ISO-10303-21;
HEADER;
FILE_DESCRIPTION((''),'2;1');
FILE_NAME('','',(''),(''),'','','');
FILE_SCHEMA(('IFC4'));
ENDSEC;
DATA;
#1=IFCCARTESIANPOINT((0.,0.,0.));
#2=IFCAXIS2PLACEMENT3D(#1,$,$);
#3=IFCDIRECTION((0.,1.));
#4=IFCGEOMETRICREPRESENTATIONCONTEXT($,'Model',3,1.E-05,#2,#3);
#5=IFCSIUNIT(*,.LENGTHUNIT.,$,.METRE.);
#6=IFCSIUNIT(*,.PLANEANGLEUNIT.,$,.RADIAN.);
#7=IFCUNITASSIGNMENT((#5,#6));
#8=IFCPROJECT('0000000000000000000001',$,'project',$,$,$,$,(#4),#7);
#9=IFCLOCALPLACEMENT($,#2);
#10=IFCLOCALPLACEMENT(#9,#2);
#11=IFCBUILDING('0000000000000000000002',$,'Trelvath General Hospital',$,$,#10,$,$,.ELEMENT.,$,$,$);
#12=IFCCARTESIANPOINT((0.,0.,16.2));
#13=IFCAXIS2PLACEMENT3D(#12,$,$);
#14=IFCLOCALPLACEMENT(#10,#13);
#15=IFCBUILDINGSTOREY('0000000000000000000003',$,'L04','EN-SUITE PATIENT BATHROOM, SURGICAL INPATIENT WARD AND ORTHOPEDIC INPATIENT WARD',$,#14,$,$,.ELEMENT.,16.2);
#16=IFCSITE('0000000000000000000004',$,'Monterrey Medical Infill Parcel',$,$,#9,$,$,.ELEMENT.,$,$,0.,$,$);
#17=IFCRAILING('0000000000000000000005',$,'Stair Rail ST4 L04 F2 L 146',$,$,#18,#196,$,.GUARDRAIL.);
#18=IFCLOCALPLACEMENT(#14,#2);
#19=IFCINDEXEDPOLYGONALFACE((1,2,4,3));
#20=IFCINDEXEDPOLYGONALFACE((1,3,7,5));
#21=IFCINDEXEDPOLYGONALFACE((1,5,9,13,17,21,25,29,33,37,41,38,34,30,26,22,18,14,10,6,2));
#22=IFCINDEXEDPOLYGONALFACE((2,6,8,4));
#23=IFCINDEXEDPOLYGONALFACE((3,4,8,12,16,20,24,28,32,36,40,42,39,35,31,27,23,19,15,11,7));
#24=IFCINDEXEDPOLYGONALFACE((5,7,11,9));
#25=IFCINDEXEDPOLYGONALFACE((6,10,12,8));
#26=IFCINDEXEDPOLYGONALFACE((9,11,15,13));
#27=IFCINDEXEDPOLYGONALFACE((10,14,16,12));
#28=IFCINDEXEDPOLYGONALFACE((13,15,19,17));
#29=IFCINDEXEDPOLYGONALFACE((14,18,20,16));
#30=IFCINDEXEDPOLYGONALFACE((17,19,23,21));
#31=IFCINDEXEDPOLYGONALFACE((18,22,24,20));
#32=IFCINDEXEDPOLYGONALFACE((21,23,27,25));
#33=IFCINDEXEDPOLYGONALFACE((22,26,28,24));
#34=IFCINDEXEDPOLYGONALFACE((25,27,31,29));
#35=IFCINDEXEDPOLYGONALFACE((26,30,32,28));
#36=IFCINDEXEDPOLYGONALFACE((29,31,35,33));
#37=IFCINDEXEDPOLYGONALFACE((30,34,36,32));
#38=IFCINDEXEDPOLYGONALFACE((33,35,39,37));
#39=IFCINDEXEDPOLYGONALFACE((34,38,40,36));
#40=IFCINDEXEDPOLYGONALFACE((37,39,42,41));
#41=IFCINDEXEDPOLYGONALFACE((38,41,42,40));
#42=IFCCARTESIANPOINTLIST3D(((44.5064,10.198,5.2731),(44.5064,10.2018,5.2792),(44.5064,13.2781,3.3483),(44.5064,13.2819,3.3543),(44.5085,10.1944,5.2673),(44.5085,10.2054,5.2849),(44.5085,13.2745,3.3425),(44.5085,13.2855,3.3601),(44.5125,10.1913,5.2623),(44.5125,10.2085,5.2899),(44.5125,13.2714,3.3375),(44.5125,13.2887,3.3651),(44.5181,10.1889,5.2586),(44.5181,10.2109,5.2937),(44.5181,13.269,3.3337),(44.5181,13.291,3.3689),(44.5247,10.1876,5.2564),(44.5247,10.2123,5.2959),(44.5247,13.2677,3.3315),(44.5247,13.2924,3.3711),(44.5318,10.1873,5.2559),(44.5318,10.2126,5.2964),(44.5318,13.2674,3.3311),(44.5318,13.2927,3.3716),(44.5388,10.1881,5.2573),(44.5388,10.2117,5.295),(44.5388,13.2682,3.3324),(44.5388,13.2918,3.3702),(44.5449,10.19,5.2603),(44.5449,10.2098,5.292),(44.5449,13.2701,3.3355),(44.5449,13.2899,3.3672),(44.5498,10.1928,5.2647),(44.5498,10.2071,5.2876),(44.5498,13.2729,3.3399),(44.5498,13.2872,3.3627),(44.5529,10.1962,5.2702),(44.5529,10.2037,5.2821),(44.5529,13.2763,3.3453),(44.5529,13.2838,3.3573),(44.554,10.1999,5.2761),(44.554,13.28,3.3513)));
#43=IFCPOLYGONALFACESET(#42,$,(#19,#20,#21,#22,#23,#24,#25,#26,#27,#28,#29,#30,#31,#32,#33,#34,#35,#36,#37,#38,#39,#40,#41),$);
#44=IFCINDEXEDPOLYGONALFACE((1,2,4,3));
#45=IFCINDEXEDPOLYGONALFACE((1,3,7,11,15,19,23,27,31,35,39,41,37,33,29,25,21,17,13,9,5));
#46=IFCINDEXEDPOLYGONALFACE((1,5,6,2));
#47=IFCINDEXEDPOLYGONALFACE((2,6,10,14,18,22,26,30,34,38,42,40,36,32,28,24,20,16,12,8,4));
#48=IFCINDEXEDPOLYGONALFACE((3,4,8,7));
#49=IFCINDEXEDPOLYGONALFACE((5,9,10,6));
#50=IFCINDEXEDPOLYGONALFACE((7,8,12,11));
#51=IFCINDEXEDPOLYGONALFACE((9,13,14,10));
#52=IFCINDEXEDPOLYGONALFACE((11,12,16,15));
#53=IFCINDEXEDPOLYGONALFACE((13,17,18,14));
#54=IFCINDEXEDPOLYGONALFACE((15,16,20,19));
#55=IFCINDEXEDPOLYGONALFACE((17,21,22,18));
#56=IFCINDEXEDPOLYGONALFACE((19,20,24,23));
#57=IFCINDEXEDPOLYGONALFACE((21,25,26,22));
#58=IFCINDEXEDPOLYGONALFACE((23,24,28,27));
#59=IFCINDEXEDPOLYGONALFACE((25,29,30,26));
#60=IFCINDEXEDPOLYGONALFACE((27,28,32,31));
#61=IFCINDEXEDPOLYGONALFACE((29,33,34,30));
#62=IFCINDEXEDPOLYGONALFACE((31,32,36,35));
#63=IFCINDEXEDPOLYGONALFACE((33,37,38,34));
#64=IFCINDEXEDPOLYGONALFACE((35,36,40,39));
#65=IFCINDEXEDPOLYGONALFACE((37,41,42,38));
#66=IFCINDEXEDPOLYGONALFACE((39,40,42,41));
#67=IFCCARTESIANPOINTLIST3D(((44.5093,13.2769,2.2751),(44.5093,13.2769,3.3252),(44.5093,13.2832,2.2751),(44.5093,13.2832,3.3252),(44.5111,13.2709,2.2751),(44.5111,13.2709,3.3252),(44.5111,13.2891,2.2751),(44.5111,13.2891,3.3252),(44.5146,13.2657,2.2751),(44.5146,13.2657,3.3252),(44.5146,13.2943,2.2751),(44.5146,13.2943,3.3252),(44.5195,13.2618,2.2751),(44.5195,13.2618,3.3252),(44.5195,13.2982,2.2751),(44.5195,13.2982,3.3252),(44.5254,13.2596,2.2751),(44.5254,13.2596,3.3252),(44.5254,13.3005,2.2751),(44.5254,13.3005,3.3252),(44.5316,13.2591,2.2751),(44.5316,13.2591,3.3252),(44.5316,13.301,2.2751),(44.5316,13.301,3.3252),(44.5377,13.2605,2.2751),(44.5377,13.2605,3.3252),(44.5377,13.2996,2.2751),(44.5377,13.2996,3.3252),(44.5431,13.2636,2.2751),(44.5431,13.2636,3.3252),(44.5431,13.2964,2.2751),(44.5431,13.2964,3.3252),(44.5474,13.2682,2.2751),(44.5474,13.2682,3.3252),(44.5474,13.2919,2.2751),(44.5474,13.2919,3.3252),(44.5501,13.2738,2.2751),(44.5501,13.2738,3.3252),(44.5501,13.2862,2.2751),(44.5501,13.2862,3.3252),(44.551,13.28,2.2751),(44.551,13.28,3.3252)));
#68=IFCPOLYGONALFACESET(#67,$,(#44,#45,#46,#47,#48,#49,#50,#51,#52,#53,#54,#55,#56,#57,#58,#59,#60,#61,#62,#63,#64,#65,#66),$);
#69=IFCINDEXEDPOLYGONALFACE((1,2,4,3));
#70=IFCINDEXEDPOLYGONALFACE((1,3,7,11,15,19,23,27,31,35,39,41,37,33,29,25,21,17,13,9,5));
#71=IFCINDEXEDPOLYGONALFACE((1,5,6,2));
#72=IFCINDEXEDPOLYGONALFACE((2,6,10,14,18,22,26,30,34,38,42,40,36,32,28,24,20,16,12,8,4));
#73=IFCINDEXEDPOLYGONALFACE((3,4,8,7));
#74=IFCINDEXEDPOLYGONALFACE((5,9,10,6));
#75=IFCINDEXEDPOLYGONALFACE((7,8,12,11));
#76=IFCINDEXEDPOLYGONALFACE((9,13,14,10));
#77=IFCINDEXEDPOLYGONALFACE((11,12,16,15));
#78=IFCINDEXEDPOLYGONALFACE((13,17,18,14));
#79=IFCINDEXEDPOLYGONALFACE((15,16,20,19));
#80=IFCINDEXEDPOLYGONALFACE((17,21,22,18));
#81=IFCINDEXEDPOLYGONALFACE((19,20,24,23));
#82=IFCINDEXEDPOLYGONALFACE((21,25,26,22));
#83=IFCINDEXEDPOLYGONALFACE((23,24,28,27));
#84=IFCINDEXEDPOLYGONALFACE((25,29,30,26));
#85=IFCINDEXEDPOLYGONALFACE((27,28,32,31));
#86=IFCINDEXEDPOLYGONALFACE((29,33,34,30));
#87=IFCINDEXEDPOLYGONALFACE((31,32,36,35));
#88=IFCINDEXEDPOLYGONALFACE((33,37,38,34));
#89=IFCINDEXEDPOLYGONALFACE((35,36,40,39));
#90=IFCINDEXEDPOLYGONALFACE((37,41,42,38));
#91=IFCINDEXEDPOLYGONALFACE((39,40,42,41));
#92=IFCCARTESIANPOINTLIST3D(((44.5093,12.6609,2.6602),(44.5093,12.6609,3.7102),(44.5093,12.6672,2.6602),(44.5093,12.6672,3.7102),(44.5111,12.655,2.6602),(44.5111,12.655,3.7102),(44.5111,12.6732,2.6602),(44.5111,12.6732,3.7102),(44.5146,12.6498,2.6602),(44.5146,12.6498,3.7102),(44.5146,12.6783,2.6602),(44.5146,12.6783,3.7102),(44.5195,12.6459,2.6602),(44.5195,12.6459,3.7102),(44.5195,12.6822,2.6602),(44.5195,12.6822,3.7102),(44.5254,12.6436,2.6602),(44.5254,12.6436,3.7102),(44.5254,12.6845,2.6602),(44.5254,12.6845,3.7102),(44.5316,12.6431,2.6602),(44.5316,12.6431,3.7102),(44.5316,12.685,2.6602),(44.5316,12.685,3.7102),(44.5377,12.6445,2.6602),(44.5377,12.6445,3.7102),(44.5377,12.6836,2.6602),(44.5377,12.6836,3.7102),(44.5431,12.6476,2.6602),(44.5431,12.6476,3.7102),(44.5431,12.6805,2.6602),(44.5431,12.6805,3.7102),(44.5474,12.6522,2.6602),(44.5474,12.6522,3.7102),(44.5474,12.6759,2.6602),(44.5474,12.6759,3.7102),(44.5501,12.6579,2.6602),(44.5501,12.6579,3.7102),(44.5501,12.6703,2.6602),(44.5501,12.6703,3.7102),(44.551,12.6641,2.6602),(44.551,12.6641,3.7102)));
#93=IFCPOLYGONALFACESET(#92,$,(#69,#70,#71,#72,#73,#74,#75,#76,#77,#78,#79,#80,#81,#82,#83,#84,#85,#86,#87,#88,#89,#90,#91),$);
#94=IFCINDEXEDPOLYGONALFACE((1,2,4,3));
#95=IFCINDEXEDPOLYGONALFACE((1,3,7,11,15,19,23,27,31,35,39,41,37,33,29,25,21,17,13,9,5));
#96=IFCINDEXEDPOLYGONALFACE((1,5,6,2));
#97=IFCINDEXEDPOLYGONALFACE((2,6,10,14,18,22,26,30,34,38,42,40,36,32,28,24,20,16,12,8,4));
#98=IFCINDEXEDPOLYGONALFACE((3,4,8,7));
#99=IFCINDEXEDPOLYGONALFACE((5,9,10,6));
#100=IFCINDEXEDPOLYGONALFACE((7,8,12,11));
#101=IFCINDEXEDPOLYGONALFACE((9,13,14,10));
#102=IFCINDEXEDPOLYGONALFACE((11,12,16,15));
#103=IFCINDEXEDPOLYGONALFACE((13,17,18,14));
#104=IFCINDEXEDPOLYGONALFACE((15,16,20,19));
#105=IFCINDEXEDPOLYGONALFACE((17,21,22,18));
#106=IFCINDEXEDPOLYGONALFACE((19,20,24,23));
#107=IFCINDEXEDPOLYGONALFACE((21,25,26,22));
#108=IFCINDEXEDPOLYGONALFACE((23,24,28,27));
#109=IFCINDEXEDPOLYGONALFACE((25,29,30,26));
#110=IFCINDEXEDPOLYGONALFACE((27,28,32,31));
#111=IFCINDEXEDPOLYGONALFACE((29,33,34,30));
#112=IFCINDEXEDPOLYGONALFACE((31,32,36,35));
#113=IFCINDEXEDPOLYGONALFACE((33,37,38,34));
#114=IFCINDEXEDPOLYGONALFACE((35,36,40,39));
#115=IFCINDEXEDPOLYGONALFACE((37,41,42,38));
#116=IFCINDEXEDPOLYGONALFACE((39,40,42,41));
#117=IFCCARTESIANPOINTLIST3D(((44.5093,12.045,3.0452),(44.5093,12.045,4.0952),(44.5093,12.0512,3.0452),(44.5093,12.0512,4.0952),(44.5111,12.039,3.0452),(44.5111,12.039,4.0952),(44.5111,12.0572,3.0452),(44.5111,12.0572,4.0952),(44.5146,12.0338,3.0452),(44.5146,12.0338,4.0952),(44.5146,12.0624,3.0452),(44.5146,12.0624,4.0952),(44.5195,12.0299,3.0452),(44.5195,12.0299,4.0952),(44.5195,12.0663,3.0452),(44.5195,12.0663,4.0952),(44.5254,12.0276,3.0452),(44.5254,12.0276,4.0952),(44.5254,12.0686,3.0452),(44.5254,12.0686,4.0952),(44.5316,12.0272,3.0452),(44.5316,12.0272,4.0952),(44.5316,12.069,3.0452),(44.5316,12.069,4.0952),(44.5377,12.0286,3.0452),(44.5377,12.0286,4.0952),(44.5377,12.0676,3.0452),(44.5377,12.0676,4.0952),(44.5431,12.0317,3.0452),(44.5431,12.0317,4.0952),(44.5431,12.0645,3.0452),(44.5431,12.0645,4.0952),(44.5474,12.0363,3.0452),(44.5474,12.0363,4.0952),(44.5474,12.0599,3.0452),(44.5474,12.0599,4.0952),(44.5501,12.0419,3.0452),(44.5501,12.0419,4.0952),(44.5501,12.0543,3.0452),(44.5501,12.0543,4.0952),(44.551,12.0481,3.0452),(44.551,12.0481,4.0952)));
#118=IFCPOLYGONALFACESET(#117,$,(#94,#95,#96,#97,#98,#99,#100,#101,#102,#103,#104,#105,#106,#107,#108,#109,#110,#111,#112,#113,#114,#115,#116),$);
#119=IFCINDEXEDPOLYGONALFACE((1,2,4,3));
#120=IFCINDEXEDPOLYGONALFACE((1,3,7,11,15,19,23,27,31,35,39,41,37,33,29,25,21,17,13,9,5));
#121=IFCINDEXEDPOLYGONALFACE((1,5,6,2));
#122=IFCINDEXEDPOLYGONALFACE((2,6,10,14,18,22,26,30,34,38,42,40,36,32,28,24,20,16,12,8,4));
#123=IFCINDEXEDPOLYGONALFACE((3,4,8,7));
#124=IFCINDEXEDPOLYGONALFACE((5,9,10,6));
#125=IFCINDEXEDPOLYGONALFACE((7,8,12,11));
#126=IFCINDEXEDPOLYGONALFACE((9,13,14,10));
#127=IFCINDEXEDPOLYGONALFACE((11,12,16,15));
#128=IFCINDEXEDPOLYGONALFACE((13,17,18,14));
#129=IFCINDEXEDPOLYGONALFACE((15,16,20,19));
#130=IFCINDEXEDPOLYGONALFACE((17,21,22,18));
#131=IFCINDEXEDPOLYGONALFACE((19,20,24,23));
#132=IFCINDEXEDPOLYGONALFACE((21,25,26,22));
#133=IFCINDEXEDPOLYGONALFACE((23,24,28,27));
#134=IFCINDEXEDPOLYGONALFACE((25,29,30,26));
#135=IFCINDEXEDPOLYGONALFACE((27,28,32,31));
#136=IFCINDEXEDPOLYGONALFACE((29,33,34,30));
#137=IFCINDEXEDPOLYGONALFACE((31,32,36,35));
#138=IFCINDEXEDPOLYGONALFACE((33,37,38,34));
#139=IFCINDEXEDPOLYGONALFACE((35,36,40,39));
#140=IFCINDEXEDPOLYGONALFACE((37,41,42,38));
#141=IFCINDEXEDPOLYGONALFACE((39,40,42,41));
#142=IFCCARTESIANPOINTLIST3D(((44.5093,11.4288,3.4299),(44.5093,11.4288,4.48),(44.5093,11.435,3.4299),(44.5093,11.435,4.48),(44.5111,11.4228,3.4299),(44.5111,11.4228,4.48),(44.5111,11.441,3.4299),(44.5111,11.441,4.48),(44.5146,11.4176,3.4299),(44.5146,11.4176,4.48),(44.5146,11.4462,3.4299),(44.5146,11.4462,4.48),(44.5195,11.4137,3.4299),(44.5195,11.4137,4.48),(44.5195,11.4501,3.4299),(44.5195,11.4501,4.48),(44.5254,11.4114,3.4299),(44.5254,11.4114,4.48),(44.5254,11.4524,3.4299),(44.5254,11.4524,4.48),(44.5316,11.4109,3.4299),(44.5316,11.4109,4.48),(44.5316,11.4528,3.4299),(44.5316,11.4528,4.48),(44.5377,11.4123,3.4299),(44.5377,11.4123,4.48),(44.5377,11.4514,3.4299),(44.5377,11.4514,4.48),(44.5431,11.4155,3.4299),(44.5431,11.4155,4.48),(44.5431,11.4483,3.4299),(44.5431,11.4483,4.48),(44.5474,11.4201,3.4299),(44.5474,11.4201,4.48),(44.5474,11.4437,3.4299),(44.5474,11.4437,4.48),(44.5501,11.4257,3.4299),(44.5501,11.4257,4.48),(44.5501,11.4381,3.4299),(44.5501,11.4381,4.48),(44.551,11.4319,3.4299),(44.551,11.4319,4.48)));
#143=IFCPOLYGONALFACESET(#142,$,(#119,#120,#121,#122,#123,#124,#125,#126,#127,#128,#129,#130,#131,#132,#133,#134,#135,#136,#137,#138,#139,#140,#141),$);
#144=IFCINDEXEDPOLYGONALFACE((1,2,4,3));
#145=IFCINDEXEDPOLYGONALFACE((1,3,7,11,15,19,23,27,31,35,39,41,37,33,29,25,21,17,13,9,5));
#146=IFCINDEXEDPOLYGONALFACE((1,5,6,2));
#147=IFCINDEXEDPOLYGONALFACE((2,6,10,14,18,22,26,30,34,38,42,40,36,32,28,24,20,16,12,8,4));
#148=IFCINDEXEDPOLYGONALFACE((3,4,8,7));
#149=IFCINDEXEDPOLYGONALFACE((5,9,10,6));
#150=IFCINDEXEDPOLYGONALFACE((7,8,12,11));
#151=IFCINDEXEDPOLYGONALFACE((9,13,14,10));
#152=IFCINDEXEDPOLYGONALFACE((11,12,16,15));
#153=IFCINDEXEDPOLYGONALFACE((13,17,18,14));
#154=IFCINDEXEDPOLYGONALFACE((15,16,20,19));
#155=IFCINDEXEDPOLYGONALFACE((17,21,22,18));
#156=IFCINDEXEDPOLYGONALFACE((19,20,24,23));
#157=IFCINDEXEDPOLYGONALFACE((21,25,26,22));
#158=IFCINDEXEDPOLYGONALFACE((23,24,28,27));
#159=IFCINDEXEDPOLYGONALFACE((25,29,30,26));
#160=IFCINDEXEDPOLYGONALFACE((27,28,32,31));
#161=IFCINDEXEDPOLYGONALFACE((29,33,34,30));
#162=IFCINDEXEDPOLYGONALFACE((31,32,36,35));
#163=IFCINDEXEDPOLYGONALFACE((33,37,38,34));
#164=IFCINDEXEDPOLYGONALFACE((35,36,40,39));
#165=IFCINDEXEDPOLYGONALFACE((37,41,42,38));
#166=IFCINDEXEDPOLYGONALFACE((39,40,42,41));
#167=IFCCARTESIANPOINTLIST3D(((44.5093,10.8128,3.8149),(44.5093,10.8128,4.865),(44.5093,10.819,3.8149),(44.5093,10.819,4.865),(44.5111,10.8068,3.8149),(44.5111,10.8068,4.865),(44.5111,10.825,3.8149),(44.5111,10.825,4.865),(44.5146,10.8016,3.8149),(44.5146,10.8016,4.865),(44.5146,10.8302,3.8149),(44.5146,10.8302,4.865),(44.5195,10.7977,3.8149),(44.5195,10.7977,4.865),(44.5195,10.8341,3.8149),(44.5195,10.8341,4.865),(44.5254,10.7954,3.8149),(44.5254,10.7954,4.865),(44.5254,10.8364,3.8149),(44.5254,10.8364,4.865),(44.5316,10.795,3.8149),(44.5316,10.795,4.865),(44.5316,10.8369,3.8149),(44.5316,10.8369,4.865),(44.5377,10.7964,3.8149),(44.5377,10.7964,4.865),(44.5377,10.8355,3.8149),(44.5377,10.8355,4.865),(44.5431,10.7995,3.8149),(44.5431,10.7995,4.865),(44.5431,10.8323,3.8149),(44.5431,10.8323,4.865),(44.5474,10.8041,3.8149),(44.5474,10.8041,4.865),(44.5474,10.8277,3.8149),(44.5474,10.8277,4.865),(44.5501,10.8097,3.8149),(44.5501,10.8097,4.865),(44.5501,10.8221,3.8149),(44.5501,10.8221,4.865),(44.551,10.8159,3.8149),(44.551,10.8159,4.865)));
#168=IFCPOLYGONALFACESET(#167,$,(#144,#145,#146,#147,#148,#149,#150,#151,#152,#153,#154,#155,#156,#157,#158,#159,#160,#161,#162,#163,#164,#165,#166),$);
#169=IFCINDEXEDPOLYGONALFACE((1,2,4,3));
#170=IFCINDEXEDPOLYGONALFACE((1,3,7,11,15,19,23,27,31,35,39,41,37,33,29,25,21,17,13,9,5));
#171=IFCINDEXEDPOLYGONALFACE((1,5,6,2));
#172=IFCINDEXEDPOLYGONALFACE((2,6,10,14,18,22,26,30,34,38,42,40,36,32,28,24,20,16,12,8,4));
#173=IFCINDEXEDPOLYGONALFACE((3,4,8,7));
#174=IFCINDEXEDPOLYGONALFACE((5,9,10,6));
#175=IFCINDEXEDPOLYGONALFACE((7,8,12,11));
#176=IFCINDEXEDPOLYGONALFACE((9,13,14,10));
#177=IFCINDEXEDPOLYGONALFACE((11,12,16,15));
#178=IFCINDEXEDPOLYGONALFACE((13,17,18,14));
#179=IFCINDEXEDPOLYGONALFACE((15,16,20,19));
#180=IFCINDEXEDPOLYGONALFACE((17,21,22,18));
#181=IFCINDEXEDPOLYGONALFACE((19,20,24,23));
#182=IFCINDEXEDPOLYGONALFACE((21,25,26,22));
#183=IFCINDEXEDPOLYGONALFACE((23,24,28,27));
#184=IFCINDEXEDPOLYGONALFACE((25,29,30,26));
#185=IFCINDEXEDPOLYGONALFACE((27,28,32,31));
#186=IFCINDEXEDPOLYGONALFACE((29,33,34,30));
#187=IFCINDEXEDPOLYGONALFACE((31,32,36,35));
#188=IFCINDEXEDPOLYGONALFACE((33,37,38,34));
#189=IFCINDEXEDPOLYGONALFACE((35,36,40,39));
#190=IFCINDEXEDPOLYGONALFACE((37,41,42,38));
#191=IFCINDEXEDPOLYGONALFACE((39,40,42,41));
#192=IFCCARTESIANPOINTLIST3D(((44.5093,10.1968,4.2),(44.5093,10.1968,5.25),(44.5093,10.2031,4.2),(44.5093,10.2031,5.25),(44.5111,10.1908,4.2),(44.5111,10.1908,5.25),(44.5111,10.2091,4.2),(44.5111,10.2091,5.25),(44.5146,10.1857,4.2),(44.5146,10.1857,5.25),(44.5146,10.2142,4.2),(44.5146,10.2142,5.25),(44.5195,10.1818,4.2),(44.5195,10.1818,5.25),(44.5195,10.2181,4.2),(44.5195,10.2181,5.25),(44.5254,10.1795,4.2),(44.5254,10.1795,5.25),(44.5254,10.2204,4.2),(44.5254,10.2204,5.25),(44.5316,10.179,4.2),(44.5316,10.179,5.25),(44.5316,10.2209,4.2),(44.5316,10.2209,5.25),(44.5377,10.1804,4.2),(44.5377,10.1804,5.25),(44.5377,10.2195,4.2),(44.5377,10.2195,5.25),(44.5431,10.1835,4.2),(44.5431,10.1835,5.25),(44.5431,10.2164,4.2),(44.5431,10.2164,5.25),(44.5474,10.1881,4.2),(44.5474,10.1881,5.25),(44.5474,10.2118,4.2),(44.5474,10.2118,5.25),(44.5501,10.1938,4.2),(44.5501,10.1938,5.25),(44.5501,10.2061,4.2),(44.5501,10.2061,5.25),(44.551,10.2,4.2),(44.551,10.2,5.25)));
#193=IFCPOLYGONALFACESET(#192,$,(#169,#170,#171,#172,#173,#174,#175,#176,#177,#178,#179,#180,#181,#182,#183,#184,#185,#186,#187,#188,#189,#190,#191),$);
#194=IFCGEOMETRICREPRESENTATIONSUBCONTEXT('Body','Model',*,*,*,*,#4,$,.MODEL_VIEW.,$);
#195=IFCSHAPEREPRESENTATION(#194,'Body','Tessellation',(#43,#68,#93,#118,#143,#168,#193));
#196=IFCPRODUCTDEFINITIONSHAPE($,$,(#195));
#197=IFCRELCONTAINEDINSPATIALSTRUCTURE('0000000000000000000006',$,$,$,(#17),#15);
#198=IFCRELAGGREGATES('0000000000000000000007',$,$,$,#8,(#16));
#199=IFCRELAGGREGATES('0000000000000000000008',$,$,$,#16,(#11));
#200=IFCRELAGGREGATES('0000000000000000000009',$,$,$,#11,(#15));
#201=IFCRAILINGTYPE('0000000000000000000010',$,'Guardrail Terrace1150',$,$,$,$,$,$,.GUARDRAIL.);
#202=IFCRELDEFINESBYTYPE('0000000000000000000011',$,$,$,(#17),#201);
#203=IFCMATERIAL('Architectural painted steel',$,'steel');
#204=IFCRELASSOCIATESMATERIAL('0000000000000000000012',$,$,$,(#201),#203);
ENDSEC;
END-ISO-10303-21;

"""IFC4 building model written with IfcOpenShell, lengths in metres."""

from ifc_helpers import new_model, si_unit, direction, frame, origin, origin_2d, place, context, subcontext, project, spatial, circle, extrude, material, type_object, element, save


model = new_model("IFC4")

# Units and contexts
model_context = context("Model", 3, precision=1e-05, world=origin(), true_north=direction((0.0, 1.0)))
body_context = subcontext(model_context, "Body", "Model", "MODEL_VIEW")
ifc_project = project(units=[si_unit("LENGTHUNIT", "METRE"), si_unit("PLANEANGLEUNIT", "RADIAN")], contexts=[model_context])

# Site, building, storey
site_placement = place(None, origin())
site = spatial("IfcSite", under=ifc_project, at=site_placement, Name="Monterrey Medical Infill Parcel", CompositionType="ELEMENT", RefElevation=0.0)
building_placement = place(site_placement, origin())
building = spatial("IfcBuilding", under=site, at=building_placement, Name="Trelvath General Hospital", CompositionType="ELEMENT")
storey_placement = place(building_placement, frame((0.0, 0.0, 16.2)))
storey = spatial("IfcBuildingStorey", under=building, at=storey_placement, Name="L04", Description="EN-SUITE PATIENT BATHROOM, SURGICAL INPATIENT WARD AND ORTHOPEDIC INPATIENT WARD", CompositionType="ELEMENT", Elevation=16.2)

# Railing
ifc_material_1 = material(Name="Architectural painted steel", Category="steel")
railing_type_1 = type_object("IfcRailingType", Name="Guardrail Terrace1150", PredefinedType="GUARDRAIL", material=ifc_material_1)
railing_1_placement = place(storey_placement, frame((44.53, 13.28, 2.2751)))
element("IfcRailing", 1, at=railing_1_placement, inside=storey, type_object=railing_type_1, Name="Stair Rail ST4 L04 F2 L 146", PredefinedType="GUARDRAIL", context=body_context, shape_type="SweptSolid", body=[
    extrude(circle(Radius=0.0239, at=origin_2d()), frame((0.0, 0.0, 1.0762), z_axis=(0.0, -0.848029, 0.529951), x_axis=(1.0, 0.0, 0.0)), (0.0, 0.0, 1.0), 3.6321),
    extrude(circle(Radius=0.021, at=origin_2d()), origin(), (0.0, 0.0, 1.0), 1.05),
    extrude(circle(Radius=0.021, at=origin_2d()), frame((0.0, -0.616, 0.385)), (0.0, 0.0, 1.0), 1.05),
    extrude(circle(Radius=0.021, at=origin_2d()), frame((0.0, -1.2319, 0.77)), (0.0, 0.0, 1.0), 1.05),
    extrude(circle(Radius=0.021, at=origin_2d()), frame((0.0, -1.8481, 1.1548)), (0.0, 0.0, 1.0), 1.05),
    extrude(circle(Radius=0.021, at=origin_2d()), frame((0.0, -2.4641, 1.5398)), (0.0, 0.0, 1.0), 1.05),
    extrude(circle(Radius=0.021, at=origin_2d()), frame((0.0, -3.0801, 1.9248)), (0.0, 0.0, 1.0), 1.05),
])

save(model, "model.ifc")
